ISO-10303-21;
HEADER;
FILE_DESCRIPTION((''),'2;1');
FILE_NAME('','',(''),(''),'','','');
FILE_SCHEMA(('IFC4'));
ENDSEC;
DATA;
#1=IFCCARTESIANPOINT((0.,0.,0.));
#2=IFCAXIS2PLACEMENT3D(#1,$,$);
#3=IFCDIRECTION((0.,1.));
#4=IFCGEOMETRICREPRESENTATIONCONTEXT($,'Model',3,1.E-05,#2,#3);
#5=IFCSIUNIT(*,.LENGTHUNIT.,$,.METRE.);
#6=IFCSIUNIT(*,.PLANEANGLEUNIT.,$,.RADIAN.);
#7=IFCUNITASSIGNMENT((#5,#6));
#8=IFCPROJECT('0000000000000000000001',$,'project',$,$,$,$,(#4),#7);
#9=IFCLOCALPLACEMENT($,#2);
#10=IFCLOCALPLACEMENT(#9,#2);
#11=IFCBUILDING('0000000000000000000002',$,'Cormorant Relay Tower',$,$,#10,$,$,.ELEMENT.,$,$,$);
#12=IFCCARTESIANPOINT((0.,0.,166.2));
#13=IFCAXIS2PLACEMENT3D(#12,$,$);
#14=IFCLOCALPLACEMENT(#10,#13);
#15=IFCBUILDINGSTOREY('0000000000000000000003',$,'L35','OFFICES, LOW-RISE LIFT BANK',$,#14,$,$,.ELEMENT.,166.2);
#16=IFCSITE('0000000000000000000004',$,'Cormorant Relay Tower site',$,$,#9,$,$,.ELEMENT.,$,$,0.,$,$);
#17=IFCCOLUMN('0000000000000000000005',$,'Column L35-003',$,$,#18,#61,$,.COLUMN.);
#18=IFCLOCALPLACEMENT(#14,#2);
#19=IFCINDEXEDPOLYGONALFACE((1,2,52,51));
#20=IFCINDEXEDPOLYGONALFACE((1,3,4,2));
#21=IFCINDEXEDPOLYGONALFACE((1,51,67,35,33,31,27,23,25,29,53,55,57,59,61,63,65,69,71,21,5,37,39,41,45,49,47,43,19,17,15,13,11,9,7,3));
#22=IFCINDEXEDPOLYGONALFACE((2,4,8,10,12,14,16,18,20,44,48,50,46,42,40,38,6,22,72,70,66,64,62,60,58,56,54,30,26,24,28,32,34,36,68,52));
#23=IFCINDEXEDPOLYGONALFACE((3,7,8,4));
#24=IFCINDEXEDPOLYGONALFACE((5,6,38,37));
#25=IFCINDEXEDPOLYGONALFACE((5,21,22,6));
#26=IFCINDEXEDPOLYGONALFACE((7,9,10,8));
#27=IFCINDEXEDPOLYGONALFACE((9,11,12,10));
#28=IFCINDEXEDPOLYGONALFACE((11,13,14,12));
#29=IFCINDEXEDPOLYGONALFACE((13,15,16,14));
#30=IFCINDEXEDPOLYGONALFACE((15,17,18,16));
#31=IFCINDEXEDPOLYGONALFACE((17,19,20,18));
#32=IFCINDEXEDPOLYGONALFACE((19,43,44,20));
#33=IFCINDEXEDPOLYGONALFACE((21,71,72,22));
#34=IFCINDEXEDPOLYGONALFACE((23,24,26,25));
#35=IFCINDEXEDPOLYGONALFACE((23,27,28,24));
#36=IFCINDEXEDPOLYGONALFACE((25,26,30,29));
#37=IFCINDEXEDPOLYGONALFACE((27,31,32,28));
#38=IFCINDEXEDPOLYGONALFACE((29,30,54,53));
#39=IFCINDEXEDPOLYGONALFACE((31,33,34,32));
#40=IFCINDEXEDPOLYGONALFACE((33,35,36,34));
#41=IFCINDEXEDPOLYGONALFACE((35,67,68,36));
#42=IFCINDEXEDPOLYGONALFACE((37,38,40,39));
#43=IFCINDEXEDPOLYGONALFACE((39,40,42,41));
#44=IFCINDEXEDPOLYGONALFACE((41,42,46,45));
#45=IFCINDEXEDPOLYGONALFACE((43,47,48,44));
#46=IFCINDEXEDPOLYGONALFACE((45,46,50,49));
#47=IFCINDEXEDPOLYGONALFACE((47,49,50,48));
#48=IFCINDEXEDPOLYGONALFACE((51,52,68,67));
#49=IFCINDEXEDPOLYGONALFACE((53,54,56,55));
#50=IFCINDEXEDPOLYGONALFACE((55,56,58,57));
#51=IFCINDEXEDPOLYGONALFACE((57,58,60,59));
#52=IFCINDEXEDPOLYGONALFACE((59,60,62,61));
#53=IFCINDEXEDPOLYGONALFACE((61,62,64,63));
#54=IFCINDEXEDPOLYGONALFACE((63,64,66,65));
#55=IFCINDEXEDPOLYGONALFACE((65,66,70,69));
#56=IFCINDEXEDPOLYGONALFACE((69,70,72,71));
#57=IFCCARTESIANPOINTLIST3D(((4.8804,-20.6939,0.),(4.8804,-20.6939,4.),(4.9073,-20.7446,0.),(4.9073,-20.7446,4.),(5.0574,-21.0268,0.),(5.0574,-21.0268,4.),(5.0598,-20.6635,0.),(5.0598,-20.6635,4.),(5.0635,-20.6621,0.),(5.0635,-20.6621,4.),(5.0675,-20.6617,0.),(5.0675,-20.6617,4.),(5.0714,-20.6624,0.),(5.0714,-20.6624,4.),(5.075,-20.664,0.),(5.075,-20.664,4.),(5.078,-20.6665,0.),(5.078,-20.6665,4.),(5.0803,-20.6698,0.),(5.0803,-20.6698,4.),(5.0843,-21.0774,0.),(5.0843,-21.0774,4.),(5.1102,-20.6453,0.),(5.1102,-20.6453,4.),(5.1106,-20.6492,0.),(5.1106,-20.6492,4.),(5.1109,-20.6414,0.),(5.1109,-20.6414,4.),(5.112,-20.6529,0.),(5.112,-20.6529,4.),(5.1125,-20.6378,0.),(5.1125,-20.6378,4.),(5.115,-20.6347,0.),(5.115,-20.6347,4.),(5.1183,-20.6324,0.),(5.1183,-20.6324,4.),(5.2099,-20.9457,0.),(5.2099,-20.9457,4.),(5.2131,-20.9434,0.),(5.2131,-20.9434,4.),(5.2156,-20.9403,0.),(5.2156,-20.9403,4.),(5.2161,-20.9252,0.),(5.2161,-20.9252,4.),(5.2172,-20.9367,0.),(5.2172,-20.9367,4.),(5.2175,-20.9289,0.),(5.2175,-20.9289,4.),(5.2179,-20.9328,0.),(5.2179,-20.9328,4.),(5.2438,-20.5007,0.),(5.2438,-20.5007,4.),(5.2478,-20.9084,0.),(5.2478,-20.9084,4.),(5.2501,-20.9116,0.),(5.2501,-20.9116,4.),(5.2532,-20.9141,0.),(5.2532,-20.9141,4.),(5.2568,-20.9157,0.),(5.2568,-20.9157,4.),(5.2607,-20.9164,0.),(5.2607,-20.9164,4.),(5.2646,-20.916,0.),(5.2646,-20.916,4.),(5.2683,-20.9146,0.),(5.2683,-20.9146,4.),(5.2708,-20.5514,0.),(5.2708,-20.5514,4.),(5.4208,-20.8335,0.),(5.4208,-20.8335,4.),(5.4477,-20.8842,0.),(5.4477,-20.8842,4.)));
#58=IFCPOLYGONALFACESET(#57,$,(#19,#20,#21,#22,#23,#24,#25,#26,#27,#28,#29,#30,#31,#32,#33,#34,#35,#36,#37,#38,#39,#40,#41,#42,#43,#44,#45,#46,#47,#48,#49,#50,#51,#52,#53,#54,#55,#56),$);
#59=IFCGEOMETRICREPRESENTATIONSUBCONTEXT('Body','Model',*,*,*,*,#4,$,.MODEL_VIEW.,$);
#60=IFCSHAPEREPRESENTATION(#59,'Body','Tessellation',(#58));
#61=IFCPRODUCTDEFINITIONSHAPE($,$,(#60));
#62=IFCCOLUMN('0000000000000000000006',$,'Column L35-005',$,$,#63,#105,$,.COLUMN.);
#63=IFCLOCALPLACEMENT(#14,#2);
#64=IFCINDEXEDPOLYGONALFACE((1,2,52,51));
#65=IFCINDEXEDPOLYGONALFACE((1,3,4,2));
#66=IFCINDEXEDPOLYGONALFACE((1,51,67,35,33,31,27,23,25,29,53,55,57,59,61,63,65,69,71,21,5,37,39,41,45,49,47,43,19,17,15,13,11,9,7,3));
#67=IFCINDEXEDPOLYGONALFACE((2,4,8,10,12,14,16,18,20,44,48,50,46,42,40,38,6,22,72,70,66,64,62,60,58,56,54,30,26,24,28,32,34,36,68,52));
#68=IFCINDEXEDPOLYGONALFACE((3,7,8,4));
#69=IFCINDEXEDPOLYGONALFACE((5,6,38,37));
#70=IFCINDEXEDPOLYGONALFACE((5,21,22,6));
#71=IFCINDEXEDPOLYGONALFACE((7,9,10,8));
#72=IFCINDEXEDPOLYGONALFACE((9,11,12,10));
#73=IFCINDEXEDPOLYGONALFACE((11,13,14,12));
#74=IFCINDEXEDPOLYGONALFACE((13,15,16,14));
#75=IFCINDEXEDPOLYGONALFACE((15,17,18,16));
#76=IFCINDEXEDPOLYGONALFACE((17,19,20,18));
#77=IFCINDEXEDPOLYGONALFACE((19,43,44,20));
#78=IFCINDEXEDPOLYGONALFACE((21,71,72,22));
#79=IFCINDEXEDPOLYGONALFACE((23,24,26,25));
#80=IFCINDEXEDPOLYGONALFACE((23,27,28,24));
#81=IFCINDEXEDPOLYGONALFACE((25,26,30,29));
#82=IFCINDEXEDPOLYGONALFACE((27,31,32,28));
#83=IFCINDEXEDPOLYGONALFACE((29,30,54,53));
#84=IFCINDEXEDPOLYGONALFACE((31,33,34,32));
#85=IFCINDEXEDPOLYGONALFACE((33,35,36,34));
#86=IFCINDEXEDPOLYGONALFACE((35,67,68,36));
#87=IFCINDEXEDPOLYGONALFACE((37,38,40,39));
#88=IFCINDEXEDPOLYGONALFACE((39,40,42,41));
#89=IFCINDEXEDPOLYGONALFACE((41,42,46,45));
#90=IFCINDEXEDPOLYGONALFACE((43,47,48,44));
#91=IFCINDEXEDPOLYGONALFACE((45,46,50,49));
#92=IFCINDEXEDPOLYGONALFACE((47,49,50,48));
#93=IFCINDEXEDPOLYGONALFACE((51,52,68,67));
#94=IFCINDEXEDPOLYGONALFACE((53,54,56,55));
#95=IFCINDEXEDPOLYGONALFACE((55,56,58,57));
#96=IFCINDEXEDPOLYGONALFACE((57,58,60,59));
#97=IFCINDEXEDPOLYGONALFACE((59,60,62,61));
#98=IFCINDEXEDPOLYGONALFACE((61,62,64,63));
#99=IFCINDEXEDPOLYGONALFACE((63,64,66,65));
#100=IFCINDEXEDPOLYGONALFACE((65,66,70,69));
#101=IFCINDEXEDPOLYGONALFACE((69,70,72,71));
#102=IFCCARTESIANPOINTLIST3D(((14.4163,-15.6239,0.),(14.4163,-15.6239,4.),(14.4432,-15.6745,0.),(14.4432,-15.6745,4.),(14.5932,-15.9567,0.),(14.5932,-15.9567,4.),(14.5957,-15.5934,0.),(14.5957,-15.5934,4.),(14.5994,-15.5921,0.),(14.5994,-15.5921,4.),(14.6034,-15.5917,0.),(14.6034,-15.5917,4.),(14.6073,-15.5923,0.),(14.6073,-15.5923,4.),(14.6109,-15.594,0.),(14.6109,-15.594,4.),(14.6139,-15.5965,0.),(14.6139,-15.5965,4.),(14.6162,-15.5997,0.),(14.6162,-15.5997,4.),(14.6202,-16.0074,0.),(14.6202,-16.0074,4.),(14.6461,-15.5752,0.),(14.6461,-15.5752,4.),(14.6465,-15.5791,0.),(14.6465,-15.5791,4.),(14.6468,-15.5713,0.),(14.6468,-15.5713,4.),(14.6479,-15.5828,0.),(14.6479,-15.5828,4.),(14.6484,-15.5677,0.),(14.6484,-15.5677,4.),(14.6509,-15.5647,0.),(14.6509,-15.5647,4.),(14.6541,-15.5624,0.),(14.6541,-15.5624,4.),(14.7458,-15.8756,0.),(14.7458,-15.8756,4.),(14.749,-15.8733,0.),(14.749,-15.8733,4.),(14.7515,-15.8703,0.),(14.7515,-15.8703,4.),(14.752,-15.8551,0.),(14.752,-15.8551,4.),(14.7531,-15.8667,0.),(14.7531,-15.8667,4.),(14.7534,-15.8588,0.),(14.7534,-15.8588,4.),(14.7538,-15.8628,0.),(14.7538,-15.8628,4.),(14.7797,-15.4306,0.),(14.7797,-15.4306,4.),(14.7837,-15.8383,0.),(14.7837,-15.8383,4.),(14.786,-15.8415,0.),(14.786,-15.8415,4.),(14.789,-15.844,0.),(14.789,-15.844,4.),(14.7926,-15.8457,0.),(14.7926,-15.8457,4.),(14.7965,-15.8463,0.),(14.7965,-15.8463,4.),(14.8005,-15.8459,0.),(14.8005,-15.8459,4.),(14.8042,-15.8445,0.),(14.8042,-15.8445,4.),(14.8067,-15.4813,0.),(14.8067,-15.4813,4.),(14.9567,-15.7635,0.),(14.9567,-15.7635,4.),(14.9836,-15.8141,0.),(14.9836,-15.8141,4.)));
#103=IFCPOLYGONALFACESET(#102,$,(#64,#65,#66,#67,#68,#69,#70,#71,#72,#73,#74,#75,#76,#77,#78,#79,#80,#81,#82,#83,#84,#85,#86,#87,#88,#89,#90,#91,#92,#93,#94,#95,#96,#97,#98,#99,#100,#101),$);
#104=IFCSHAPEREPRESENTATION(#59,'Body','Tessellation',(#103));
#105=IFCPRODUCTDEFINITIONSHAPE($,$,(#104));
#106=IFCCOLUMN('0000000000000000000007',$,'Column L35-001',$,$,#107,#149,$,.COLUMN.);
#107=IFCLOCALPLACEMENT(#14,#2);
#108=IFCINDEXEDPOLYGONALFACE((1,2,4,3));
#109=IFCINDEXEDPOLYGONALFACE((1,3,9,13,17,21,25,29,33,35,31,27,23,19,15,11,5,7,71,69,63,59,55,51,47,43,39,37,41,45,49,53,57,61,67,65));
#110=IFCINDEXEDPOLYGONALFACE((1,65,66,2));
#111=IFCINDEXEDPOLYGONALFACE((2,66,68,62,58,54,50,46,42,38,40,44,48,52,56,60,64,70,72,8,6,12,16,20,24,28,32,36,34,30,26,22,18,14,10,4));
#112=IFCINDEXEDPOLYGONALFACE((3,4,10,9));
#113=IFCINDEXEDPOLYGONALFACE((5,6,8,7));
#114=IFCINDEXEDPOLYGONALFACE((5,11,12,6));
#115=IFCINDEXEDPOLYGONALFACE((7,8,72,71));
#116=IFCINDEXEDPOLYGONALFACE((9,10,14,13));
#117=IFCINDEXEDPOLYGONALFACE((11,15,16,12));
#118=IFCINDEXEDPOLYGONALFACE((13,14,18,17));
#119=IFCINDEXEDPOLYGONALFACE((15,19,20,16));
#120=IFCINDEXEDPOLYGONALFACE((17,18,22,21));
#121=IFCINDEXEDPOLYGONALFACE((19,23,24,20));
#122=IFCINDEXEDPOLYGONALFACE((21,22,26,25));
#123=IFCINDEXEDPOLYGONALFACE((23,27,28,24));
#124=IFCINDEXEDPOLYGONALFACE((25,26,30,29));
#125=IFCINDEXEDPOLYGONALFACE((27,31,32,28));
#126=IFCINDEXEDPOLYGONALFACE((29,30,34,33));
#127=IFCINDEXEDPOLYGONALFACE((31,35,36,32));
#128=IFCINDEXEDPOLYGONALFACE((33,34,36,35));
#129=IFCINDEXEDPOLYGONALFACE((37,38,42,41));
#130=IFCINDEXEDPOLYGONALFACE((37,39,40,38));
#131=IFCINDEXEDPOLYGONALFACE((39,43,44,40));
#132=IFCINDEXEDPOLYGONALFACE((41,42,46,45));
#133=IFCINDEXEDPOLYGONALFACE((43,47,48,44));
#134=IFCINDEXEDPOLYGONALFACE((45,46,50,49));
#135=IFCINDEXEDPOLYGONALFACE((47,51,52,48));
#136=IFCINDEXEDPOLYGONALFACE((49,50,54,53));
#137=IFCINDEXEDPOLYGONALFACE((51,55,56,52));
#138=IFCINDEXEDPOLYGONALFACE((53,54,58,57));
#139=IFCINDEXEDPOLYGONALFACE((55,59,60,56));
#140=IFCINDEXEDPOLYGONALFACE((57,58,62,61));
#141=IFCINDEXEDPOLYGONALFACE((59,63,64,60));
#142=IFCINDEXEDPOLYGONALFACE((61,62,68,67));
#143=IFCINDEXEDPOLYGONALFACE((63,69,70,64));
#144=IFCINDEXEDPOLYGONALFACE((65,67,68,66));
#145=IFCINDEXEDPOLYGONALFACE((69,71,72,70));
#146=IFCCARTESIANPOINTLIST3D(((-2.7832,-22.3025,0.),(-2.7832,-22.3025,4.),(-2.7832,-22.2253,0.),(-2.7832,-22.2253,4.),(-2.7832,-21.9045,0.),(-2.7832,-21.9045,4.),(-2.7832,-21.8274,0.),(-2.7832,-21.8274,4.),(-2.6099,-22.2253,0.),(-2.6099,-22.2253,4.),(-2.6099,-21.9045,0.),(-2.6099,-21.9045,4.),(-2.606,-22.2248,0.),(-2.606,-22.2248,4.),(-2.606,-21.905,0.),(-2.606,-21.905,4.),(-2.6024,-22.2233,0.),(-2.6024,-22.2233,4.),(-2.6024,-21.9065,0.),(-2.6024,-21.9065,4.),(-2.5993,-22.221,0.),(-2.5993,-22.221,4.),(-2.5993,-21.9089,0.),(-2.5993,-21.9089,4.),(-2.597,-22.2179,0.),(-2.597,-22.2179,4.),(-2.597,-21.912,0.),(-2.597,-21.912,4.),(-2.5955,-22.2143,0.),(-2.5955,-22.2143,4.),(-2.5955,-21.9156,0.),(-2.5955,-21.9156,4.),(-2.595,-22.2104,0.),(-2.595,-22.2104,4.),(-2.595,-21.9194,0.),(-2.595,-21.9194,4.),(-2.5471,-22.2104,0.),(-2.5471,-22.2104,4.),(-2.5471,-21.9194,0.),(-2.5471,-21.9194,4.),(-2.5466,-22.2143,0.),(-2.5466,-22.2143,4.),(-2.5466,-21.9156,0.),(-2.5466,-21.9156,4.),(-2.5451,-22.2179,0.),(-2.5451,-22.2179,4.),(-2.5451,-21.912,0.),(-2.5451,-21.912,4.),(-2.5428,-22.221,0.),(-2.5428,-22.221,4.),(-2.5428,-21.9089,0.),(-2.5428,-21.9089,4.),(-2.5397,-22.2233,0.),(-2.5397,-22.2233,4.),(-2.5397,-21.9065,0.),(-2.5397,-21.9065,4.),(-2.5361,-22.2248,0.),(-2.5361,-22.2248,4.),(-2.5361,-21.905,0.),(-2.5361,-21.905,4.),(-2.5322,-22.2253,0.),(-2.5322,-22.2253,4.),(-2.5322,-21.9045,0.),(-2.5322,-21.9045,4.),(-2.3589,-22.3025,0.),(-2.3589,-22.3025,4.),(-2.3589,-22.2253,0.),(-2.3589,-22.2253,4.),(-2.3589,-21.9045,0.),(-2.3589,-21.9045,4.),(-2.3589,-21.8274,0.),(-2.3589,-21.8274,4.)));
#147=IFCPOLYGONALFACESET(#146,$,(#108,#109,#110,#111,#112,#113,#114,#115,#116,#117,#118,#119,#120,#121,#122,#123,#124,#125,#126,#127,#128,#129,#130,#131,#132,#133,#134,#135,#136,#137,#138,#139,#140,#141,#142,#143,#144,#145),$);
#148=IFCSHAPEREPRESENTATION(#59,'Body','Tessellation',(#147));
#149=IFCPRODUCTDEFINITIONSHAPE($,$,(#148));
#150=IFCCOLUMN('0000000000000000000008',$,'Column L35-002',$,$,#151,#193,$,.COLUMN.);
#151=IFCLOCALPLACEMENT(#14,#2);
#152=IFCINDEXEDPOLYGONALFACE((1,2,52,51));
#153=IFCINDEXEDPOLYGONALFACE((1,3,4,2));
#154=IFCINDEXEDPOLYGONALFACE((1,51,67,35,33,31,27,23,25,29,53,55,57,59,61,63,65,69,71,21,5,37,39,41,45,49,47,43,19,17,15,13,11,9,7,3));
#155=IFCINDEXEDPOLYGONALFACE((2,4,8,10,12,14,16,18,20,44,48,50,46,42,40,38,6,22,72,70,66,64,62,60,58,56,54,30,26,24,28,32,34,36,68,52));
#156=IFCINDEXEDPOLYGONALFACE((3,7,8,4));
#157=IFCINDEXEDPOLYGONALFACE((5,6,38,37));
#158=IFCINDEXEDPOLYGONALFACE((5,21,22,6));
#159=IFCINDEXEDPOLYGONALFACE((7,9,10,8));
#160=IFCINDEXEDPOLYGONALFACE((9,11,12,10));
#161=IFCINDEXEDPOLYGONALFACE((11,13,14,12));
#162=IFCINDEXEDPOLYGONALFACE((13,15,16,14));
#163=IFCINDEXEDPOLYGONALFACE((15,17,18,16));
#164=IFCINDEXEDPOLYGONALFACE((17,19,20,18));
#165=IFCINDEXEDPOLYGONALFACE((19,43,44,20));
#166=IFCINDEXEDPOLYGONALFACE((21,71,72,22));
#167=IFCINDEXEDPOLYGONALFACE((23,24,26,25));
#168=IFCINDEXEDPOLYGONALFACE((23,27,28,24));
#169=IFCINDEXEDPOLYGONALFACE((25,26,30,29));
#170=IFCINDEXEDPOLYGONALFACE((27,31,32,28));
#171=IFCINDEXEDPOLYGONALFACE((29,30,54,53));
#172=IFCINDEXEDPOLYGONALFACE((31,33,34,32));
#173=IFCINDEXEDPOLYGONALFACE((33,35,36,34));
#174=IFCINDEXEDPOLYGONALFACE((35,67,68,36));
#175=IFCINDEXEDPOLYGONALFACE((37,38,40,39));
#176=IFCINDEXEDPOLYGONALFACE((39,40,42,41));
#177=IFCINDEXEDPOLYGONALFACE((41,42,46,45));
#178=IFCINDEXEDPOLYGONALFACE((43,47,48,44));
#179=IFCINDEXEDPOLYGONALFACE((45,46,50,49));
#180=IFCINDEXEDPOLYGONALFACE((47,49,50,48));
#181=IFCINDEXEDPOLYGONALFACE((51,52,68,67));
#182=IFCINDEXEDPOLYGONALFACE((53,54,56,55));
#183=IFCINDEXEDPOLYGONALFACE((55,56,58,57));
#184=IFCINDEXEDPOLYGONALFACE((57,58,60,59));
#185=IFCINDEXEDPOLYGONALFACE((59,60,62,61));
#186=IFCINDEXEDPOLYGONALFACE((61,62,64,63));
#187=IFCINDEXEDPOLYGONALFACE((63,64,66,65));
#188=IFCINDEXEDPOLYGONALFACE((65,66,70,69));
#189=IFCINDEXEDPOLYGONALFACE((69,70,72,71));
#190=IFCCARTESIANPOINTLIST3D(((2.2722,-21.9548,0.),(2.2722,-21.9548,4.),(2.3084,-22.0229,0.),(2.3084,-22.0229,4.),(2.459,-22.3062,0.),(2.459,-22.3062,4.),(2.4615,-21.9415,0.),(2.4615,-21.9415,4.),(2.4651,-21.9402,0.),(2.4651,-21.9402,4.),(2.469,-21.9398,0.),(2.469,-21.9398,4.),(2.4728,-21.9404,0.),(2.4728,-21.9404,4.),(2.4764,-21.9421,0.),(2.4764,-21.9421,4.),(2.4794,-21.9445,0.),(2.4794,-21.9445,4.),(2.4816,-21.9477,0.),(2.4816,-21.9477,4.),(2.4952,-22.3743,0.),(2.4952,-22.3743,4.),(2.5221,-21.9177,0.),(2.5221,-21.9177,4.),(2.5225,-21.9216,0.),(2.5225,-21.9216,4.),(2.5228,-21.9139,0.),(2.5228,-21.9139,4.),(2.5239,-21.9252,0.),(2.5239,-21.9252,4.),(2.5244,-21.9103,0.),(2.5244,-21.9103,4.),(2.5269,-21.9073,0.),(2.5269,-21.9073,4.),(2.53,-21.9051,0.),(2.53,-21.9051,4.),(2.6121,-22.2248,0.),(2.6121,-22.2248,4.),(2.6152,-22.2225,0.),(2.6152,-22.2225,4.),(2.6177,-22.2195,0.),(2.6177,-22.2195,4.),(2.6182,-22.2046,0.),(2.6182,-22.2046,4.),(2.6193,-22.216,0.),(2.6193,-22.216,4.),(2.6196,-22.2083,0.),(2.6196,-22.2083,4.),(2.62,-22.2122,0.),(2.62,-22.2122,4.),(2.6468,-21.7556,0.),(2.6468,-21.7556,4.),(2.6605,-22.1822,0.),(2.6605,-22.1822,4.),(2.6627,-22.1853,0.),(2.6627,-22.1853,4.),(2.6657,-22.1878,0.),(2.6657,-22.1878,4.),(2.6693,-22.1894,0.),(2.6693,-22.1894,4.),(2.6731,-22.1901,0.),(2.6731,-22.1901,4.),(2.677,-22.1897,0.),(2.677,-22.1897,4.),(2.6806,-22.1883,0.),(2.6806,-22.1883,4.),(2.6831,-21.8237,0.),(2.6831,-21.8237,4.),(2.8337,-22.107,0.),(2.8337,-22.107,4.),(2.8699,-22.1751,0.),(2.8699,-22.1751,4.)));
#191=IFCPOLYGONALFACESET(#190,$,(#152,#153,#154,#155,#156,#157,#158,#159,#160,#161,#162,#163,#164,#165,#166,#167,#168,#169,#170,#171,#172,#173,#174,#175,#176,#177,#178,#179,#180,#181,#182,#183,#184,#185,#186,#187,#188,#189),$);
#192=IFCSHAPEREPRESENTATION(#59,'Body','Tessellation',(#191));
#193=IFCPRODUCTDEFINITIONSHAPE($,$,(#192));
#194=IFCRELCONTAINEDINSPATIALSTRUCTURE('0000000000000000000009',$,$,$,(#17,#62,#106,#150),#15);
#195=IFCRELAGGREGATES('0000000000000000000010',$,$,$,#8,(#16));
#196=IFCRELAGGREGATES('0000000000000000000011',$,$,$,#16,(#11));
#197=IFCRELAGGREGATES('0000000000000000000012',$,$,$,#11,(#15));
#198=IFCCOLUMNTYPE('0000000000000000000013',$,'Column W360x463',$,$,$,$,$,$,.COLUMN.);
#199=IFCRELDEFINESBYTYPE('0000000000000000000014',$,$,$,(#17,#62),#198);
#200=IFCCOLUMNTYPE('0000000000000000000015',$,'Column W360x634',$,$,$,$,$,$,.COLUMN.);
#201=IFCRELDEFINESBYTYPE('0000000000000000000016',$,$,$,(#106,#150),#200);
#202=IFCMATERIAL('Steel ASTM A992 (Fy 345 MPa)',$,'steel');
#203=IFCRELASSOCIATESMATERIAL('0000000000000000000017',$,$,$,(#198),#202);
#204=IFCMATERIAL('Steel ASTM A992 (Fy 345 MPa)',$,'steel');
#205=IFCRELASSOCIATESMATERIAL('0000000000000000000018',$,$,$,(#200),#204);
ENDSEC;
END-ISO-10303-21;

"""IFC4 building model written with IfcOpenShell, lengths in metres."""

from ifc_helpers import new_model, si_unit, direction, frame, origin, origin_2d, place, context, subcontext, project, spatial, i_section, extrude, material, material_profile, profile_set, type_object, element, save


model = new_model("IFC4")

# Units and contexts
model_context = context("Model", 3, precision=1e-05, world=origin(), true_north=direction((0.0, 1.0)))
body_context = subcontext(model_context, "Body", "Model", "MODEL_VIEW")
ifc_project = project(units=[si_unit("LENGTHUNIT", "METRE"), si_unit("PLANEANGLEUNIT", "RADIAN")], contexts=[model_context])

# Site, building, storey
site_placement = place(None, origin())
site = spatial("IfcSite", under=ifc_project, at=site_placement, Name="Cormorant Relay Tower site", CompositionType="ELEMENT", RefElevation=0.0)
building_placement = place(site_placement, origin())
building = spatial("IfcBuilding", under=site, at=building_placement, Name="Cormorant Relay Tower", CompositionType="ELEMENT")
storey_placement = place(building_placement, frame((0.0, 0.0, 166.2)))
storey = spatial("IfcBuildingStorey", under=building, at=storey_placement, Name="L35", Description="OFFICES, LOW-RISE LIFT BANK", CompositionType="ELEMENT", Elevation=166.2)

# Columns
ifc_material_1 = material(Name="Steel ASTM A992 (Fy 345 MPa)", Category="steel")
ifc_material_profile_1 = material_profile(ifc_material_1, i_section(OverallWidth=0.4116, OverallDepth=0.4343, WebThickness=0.0359, FlangeThickness=0.0574, FilletRadius=0.0151, at=origin_2d()), Name="W360x463")
ifc_profile_set_1 = profile_set([ifc_material_profile_1], Name="Steel ASTM A992 (Fy 345 MPa)")
column_type_1 = type_object("IfcColumnType", Name="Column W360x463", PredefinedType="COLUMN", material=ifc_profile_set_1)
for number, where, z_axis, x_axis, name in (
    (1, (5.1641, -20.7891, 0.0), (0.0, 0.0, 1.0), (0.882948, 0.469472, 0.0), "Column L35-003"),
    (2, (14.7, -15.719, 0.0), (0.0, 0.0, 1.0), (0.882948, 0.469472, 0.0), "Column L35-005"),
):
    element("IfcColumn", number, at=place(storey_placement, frame(where, z_axis=z_axis, x_axis=x_axis)), inside=storey, type_object=column_type_1, Name=name, PredefinedType="COLUMN", context=body_context, shape_type="SweptSolid", body=[
        extrude(i_section(OverallWidth=0.4116, OverallDepth=0.4343, WebThickness=0.0359, FlangeThickness=0.0574, FilletRadius=0.0151, at=origin_2d()), origin(), (0.0, 0.0, 1.0), 4.0),
    ])
ifc_material_2 = material(Name="Steel ASTM A992 (Fy 345 MPa)", Category="steel")
ifc_material_profile_2 = material_profile(ifc_material_2, i_section(OverallWidth=0.4243, OverallDepth=0.4751, WebThickness=0.0479, FlangeThickness=0.0771, FilletRadius=0.0149, at=origin_2d()), Name="W360x634")
ifc_profile_set_2 = profile_set([ifc_material_profile_2], Name="Steel ASTM A992 (Fy 345 MPa)")
column_type_2 = type_object("IfcColumnType", Name="Column W360x634", PredefinedType="COLUMN", material=ifc_profile_set_2)
for number, where, z_axis, x_axis, name in (
    (3, (-2.571, -22.0649, 0.0), (0.0, 0.0, 1.0), (1.0, 0.0, 0.0), "Column L35-001"),
    (4, (2.571, -22.0649, 0.0), (0.0, 0.0, 1.0), (0.882948, 0.469472, 0.0), "Column L35-002"),
):
    element("IfcColumn", number, at=place(storey_placement, frame(where, z_axis=z_axis, x_axis=x_axis)), inside=storey, type_object=column_type_2, Name=name, PredefinedType="COLUMN", context=body_context, shape_type="SweptSolid", body=[
        extrude(i_section(OverallWidth=0.4243, OverallDepth=0.4751, WebThickness=0.0479, FlangeThickness=0.0771, FilletRadius=0.0149, at=origin_2d()), origin(), (0.0, 0.0, 1.0), 4.0),
    ])

save(model, "model.ifc")
